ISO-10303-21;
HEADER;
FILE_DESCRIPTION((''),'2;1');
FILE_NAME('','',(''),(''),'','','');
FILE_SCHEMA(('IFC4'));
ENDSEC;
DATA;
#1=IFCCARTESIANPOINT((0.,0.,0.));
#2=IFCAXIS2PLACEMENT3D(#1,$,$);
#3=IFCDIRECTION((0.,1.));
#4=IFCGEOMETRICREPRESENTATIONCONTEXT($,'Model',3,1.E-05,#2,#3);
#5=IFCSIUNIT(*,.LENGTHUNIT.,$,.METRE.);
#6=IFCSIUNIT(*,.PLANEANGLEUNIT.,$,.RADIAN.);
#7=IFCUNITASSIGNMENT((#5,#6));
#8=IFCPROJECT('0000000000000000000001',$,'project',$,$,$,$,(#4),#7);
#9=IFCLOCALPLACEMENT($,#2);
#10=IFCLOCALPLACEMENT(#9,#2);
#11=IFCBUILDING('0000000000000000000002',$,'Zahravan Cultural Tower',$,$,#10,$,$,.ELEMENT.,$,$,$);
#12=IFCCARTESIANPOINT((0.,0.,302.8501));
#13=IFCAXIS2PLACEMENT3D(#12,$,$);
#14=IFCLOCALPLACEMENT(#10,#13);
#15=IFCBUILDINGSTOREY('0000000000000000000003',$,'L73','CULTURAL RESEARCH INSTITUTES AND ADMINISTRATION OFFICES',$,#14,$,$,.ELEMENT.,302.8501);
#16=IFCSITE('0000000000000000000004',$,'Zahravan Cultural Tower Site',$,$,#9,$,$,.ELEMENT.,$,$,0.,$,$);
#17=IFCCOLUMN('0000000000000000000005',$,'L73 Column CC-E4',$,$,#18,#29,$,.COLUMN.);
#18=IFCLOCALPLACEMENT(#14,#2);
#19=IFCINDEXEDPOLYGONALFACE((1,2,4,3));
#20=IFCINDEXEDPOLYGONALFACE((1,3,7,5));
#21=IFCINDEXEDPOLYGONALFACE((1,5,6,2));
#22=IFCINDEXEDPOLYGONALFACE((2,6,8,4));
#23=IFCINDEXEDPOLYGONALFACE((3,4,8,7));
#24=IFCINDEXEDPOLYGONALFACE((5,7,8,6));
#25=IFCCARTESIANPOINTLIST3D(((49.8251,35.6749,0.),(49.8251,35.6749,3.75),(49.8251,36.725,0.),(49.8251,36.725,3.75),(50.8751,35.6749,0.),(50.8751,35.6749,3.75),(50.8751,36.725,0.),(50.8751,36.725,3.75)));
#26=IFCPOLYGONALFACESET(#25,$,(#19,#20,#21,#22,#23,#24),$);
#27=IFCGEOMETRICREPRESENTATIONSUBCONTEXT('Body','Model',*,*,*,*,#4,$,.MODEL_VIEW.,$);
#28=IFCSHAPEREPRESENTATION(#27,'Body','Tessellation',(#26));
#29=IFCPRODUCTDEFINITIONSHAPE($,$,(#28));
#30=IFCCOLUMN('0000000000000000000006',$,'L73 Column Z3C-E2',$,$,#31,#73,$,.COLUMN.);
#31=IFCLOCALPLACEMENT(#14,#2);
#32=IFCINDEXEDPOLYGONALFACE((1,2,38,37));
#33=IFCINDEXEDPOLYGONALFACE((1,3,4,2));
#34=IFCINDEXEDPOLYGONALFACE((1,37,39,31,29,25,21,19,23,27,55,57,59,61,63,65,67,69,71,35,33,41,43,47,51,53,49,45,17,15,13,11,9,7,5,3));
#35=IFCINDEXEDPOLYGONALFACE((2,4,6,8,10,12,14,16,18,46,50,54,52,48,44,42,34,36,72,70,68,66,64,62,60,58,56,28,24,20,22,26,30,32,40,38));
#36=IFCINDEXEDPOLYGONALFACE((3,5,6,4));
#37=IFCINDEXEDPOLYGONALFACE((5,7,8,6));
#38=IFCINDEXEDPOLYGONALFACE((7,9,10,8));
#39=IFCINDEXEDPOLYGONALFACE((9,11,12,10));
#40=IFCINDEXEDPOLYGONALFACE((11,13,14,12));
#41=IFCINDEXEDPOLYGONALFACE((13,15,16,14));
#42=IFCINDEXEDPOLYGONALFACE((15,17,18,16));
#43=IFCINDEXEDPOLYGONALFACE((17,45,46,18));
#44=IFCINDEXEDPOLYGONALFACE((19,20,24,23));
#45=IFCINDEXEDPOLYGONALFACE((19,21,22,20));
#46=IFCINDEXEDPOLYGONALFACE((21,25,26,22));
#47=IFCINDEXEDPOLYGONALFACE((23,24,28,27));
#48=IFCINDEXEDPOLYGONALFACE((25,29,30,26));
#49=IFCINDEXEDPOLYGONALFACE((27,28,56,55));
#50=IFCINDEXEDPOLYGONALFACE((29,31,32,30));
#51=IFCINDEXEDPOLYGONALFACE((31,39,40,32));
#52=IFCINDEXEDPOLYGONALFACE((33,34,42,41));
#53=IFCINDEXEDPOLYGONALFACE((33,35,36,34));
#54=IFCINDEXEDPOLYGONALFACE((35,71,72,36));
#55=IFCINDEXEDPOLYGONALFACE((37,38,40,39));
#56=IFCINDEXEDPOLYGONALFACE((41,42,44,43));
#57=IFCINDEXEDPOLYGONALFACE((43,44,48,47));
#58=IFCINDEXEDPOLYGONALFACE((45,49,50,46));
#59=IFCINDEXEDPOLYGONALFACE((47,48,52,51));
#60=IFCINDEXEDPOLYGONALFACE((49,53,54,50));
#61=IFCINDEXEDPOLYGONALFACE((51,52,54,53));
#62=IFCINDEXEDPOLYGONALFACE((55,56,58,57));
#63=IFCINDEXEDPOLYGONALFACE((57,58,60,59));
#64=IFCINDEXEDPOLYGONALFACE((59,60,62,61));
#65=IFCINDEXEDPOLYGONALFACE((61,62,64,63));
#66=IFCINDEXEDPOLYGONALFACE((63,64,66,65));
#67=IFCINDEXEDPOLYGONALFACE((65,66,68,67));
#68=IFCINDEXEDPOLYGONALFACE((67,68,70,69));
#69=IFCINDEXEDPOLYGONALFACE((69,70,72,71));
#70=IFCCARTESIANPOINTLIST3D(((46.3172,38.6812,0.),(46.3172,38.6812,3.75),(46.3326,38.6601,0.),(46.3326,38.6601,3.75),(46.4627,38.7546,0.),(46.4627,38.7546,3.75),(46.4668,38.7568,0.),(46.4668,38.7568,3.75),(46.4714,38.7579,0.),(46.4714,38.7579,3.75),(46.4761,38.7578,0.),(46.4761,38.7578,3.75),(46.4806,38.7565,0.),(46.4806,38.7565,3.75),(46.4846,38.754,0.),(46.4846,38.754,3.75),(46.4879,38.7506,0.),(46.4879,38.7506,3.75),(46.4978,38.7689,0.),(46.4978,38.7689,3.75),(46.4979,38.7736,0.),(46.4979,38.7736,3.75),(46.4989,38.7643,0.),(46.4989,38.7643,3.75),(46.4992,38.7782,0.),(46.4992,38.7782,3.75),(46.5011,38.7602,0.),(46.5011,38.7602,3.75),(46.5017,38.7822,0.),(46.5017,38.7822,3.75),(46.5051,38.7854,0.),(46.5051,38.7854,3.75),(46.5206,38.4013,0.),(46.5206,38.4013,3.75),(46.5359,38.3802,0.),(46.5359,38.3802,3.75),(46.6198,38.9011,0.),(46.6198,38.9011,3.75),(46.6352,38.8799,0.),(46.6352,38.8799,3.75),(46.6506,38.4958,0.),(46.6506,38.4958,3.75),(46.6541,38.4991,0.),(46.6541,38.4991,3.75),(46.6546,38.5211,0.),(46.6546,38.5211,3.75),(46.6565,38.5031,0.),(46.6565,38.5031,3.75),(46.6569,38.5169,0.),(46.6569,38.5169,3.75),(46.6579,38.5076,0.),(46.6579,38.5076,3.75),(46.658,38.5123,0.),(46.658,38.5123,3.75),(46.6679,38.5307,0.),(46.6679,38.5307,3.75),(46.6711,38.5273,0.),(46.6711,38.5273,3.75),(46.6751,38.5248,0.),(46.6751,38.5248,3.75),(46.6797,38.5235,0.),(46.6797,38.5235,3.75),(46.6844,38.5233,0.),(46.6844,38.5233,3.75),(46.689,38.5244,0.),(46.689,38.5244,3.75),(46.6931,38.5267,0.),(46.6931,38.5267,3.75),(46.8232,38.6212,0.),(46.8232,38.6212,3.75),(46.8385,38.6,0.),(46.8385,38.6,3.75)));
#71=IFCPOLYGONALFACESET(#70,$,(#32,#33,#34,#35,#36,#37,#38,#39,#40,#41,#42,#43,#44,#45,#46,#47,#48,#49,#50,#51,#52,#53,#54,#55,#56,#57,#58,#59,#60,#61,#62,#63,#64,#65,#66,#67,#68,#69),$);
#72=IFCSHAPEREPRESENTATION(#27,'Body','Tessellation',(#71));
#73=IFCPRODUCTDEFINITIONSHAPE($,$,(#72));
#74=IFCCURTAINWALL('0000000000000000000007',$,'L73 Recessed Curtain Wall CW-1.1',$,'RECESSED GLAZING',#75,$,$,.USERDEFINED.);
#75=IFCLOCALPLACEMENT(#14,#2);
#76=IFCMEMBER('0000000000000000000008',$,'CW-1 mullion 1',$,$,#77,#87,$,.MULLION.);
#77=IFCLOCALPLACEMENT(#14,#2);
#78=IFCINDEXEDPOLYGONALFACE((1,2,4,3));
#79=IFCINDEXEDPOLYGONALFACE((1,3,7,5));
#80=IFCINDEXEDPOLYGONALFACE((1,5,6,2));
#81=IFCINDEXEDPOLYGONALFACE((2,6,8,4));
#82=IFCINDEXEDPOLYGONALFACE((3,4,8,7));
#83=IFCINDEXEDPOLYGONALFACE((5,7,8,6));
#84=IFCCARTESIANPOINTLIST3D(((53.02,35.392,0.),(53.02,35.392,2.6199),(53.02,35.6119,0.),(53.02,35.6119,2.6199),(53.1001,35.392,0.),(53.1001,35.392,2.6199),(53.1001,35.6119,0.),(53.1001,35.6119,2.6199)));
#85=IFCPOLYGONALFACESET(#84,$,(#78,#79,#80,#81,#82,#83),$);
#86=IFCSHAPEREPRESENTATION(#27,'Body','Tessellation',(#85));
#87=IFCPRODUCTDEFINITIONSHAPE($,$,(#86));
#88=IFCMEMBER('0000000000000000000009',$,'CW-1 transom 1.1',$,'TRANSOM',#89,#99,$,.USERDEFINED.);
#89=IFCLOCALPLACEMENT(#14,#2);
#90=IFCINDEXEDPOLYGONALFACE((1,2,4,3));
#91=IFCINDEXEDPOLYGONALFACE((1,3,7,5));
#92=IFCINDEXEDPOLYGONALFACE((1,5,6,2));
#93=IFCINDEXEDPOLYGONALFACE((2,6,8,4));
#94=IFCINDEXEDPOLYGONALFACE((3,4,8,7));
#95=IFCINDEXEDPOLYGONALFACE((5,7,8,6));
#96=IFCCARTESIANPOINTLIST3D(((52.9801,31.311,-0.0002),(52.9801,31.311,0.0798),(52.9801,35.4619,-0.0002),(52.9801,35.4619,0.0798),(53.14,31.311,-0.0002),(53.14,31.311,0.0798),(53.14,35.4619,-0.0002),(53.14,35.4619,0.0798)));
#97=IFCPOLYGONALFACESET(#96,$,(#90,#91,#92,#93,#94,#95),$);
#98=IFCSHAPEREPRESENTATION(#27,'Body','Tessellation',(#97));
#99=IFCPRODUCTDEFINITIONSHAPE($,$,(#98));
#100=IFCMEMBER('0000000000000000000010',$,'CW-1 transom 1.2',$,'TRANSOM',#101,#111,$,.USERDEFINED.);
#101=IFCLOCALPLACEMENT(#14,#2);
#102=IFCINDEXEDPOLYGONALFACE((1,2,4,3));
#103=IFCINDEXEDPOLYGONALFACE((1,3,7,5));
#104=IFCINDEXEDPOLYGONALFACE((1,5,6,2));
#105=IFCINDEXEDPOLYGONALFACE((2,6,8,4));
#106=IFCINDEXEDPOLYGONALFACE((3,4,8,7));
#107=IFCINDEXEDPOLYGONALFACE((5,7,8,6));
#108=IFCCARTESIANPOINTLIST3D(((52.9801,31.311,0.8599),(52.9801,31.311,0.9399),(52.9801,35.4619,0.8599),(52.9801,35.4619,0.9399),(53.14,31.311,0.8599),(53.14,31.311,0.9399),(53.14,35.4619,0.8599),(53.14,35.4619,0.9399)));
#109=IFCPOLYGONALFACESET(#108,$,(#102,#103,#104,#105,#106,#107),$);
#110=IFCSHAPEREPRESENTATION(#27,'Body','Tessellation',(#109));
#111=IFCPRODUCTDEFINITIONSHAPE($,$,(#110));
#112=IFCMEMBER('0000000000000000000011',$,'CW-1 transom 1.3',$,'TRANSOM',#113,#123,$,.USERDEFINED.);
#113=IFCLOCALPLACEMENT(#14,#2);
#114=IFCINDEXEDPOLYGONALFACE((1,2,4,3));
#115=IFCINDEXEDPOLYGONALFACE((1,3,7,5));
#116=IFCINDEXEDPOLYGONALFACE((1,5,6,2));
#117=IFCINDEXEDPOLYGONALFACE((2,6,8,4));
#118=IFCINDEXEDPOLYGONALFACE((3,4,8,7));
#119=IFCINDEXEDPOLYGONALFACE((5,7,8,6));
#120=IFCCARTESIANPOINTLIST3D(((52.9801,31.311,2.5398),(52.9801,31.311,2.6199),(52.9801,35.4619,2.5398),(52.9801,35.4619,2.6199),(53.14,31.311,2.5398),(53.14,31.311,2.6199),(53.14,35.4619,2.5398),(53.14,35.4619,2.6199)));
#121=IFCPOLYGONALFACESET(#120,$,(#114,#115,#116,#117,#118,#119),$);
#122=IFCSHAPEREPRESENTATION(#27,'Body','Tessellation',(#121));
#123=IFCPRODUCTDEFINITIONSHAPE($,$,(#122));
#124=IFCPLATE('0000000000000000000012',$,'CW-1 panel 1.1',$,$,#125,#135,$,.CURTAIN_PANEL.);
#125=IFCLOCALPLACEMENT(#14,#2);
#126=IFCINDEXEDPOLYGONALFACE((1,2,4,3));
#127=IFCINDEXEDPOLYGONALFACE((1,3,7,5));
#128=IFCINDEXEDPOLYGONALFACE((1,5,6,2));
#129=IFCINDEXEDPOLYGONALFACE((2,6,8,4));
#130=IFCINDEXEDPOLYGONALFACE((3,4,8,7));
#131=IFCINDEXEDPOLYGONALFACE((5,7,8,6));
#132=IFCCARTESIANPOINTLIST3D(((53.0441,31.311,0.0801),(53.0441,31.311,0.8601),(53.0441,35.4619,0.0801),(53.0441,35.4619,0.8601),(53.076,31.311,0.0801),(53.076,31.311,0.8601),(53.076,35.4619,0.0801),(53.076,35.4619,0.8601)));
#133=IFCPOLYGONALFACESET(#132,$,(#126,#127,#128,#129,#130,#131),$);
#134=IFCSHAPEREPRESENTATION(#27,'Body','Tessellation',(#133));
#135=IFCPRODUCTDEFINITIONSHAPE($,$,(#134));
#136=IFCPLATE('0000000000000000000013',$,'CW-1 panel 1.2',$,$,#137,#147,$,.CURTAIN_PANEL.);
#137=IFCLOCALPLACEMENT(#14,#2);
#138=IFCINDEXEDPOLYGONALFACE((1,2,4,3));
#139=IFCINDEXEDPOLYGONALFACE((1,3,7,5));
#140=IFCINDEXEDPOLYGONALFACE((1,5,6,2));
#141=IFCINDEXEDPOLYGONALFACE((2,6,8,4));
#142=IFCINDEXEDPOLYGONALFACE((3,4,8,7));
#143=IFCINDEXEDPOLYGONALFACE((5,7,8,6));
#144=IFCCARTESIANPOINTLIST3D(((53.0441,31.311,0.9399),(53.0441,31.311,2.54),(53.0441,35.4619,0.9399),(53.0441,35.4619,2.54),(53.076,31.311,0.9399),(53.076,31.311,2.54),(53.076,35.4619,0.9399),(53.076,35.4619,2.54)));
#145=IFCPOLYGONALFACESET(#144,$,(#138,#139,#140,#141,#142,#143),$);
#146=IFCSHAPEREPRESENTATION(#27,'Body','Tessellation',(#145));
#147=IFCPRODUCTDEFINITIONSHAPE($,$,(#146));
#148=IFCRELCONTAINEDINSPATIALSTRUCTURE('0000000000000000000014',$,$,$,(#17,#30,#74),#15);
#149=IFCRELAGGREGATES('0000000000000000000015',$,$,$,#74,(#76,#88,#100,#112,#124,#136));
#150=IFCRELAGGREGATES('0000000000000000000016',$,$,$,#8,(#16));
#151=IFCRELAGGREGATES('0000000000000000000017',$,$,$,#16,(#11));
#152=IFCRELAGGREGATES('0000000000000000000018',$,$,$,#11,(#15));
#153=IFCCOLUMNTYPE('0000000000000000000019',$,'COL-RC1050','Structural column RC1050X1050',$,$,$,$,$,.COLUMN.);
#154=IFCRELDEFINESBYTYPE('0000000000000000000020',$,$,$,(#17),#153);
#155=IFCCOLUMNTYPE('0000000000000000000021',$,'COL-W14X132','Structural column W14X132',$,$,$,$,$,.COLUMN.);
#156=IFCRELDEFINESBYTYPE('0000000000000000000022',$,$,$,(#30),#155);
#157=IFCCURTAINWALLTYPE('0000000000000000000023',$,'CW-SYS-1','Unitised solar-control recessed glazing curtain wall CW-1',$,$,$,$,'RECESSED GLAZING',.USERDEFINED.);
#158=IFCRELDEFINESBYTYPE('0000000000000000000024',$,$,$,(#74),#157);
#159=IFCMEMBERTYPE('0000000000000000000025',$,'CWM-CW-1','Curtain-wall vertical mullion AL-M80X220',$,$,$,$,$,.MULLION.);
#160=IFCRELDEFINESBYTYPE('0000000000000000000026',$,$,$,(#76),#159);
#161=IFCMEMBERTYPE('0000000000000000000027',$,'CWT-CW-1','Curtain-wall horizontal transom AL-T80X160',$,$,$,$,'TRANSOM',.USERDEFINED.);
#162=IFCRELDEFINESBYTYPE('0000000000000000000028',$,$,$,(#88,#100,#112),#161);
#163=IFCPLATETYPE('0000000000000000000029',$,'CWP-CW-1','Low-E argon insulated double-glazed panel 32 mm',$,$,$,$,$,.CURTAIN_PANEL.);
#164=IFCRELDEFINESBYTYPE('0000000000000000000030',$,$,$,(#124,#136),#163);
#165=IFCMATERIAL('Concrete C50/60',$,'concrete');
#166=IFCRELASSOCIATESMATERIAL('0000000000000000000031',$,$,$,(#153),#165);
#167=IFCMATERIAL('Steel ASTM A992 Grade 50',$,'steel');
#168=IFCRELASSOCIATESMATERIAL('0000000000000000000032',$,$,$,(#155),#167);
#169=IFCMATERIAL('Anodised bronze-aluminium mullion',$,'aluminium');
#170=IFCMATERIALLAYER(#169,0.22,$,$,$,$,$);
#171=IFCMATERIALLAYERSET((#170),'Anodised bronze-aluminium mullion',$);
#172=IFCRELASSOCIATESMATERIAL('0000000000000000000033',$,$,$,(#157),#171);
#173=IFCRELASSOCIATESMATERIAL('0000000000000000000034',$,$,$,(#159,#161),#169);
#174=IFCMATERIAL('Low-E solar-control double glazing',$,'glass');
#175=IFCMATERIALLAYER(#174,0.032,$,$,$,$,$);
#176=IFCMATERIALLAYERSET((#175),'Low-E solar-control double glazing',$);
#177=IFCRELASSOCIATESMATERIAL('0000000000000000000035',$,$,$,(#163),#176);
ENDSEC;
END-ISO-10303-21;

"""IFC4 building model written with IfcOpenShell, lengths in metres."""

from ifc_helpers import new_model, si_unit, direction, frame, origin, origin_2d, place, context, subcontext, project, spatial, rectangle, i_section, extrude, source, transform, mapped, material, layer, layer_set, material_profile, profile_set, type_object, element, aggregate, save


model = new_model("IFC4")

# Units and contexts
model_context = context("Model", 3, precision=1e-05, world=origin(), true_north=direction((0.0, 1.0)))
body_context = subcontext(model_context, "Body", "Model", "MODEL_VIEW")
ifc_project = project(units=[si_unit("LENGTHUNIT", "METRE"), si_unit("PLANEANGLEUNIT", "RADIAN")], contexts=[model_context])

# Site, building, storey
site_placement = place(None, origin())
site = spatial("IfcSite", under=ifc_project, at=site_placement, Name="Zahravan Cultural Tower Site", CompositionType="ELEMENT", RefElevation=0.0)
building_placement = place(site_placement, origin())
building = spatial("IfcBuilding", under=site, at=building_placement, Name="Zahravan Cultural Tower", CompositionType="ELEMENT")
storey_placement = place(building_placement, frame((0.0, 0.0, 302.8501)))
storey = spatial("IfcBuildingStorey", under=building, at=storey_placement, Name="L73", Description="CULTURAL RESEARCH INSTITUTES AND ADMINISTRATION OFFICES", CompositionType="ELEMENT", Elevation=302.8501)

# Columns
ifc_material_1 = material(Name="Concrete C50/60", Category="concrete")
ifc_material_profile_1 = material_profile(ifc_material_1, rectangle(XDim=1.05, YDim=1.05, at=origin_2d()), Name="RC1050X1050")
ifc_profile_set_1 = profile_set([ifc_material_profile_1], Name="Concrete C50/60")
column_type_1 = type_object("IfcColumnType", Name="COL-RC1050", Description="Structural column RC1050X1050", PredefinedType="COLUMN", material=ifc_profile_set_1)
shared_shape_1 = source(origin(), body_context, "Body", "SweptSolid", [
    extrude(rectangle(XDim=1.05, YDim=1.05, at=origin_2d()), origin(), (0.0, 0.0, 1.0), 3.75),
])
column_1_placement = place(storey_placement, frame((50.3501, 36.2, 0.0), z_axis=(0.0, 0.0, 1.0), x_axis=(1.0, 0.0, 0.0)))
element("IfcColumn", 1, at=column_1_placement, inside=storey, type_object=column_type_1, Name="L73 Column CC-E4", PredefinedType="COLUMN", context=body_context, shape_type="MappedRepresentation", body=[
    mapped(shared_shape_1, transform((0.0, 0.0, 0.0), x_axis=(1.0, 0.0, 0.0), y_axis=(0.0, 1.0, 0.0), z_axis=(0.0, 0.0, 1.0), scale=1.0)),
])
ifc_material_2 = material(Name="Steel ASTM A992 Grade 50", Category="steel")
ifc_material_profile_2 = material_profile(ifc_material_2, i_section(OverallWidth=0.374, OverallDepth=0.3721, WebThickness=0.0164, FlangeThickness=0.0261, FilletRadius=0.0181, at=origin_2d()), Name="W14X132")
ifc_profile_set_2 = profile_set([ifc_material_profile_2], Name="Steel ASTM A992 Grade 50")
column_type_2 = type_object("IfcColumnType", Name="COL-W14X132", Description="Structural column W14X132", PredefinedType="COLUMN", material=ifc_profile_set_2)
shared_shape_2 = source(origin(), body_context, "Body", "SweptSolid", [
    extrude(i_section(OverallWidth=0.374, OverallDepth=0.3721, WebThickness=0.0164, FlangeThickness=0.0261, FilletRadius=0.0181, at=origin_2d()), origin(), (0.0, 0.0, 1.0), 3.75),
])
column_2_placement = place(storey_placement, frame((46.5779, 38.6406, 0.0), z_axis=(0.0, 0.0, 1.0), x_axis=(0.809017, 0.587785, 0.0)))
element("IfcColumn", 2, at=column_2_placement, inside=storey, type_object=column_type_2, Name="L73 Column Z3C-E2", PredefinedType="COLUMN", context=body_context, shape_type="MappedRepresentation", body=[
    mapped(shared_shape_2, transform((0.0, 0.0, 0.0), x_axis=(1.0, 0.0, 0.0), y_axis=(0.0, 1.0, 0.0), z_axis=(0.0, 0.0, 1.0), scale=1.0)),
])

# Curtain wall, members, plates
ifc_material_3 = material(Name="Anodised bronze-aluminium mullion", Category="aluminium")
ifc_layer_1 = layer(ifc_material_3, 0.22)
ifc_layer_set_1 = layer_set([ifc_layer_1], Name="Anodised bronze-aluminium mullion")
curtain_wall_type = type_object("IfcCurtainWallType", Name="CW-SYS-1", Description="Unitised solar-control recessed glazing curtain wall CW-1", ElementType="RECESSED GLAZING", PredefinedType="USERDEFINED", material=ifc_layer_set_1)
curtain_wall_placement = place(storey_placement, origin())
curtain_wall = element("IfcCurtainWall", 3, at=curtain_wall_placement, inside=storey, type_object=curtain_wall_type, Name="L73 Recessed Curtain Wall CW-1.1", ObjectType="RECESSED GLAZING", PredefinedType="USERDEFINED")
ifc_material_profile_3 = material_profile(ifc_material_3, rectangle(XDim=0.0801, YDim=0.22, at=origin_2d()), Name="AL-M80X220")
ifc_profile_set_3 = profile_set([ifc_material_profile_3], Name="Anodised bronze-aluminium mullion")
member_type_1 = type_object("IfcMemberType", Name="CWM-CW-1", Description="Curtain-wall vertical mullion AL-M80X220", PredefinedType="MULLION", material=ifc_profile_set_3)
shared_shape_3 = source(origin(), body_context, "Body", "SweptSolid", [
    extrude(rectangle(XDim=0.0801, YDim=0.22, at=origin_2d()), origin(), (0.0, 0.0, 1.0), 2.6199),
])
member_1_placement = place(storey_placement, frame((53.0601, 35.502, 0.0), z_axis=(0.0, 0.0, 1.0), x_axis=(1.0, 0.0, 0.0)))
member_1 = element("IfcMember", 4, at=member_1_placement, type_object=member_type_1, Name="CW-1 mullion 1", PredefinedType="MULLION", context=body_context, shape_type="MappedRepresentation", body=[
    mapped(shared_shape_3, transform((0.0, 0.0, 0.0), x_axis=(1.0, 0.0, 0.0), y_axis=(0.0, 1.0, 0.0), z_axis=(0.0, 0.0, 1.0), scale=1.0)),
])
ifc_material_profile_4 = material_profile(ifc_material_3, rectangle(XDim=0.1599, YDim=0.0801, at=origin_2d()), Name="AL-T80X160")
ifc_profile_set_4 = profile_set([ifc_material_profile_4], Name="Anodised bronze-aluminium mullion")
member_type_2 = type_object("IfcMemberType", Name="CWT-CW-1", Description="Curtain-wall horizontal transom AL-T80X160", ElementType="TRANSOM", PredefinedType="USERDEFINED", material=ifc_profile_set_4)
shared_shape_4 = source(origin(), body_context, "Body", "SweptSolid", [
    extrude(rectangle(XDim=0.1599, YDim=0.0801, at=origin_2d()), origin(), (0.0, 0.0, 1.0), 4.1509),
])
member_2_placement = place(storey_placement, frame((53.0601, 35.4619, 0.0398), z_axis=(0.0, -1.0, 0.0), x_axis=(1.0, 0.0, 0.0)))
member_2 = element("IfcMember", 5, at=member_2_placement, type_object=member_type_2, Name="CW-1 transom 1.1", ObjectType="TRANSOM", PredefinedType="USERDEFINED", context=body_context, shape_type="MappedRepresentation", body=[
    mapped(shared_shape_4, transform((0.0, 0.0, 0.0), x_axis=(1.0, 0.0, 0.0), y_axis=(0.0, 1.0, 0.0), z_axis=(0.0, 0.0, 1.0), scale=1.0)),
])
member_3_placement = place(storey_placement, frame((53.0601, 35.4619, 0.8999), z_axis=(0.0, -1.0, 0.0), x_axis=(1.0, 0.0, 0.0)))
member_3 = element("IfcMember", 6, at=member_3_placement, type_object=member_type_2, Name="CW-1 transom 1.2", ObjectType="TRANSOM", PredefinedType="USERDEFINED", context=body_context, shape_type="MappedRepresentation", body=[
    mapped(shared_shape_4, transform((0.0, 0.0, 0.0), x_axis=(1.0, 0.0, 0.0), y_axis=(0.0, 1.0, 0.0), z_axis=(0.0, 0.0, 1.0), scale=1.0)),
])
member_4_placement = place(storey_placement, frame((53.0601, 35.4619, 2.5798), z_axis=(0.0, -1.0, 0.0), x_axis=(1.0, 0.0, 0.0)))
member_4 = element("IfcMember", 7, at=member_4_placement, type_object=member_type_2, Name="CW-1 transom 1.3", ObjectType="TRANSOM", PredefinedType="USERDEFINED", context=body_context, shape_type="MappedRepresentation", body=[
    mapped(shared_shape_4, transform((0.0, 0.0, 0.0), x_axis=(1.0, 0.0, 0.0), y_axis=(0.0, 1.0, 0.0), z_axis=(0.0, 0.0, 1.0), scale=1.0)),
])
ifc_material_4 = material(Name="Low-E solar-control double glazing", Category="glass")
ifc_layer_2 = layer(ifc_material_4, 0.032)
ifc_layer_set_2 = layer_set([ifc_layer_2], Name="Low-E solar-control double glazing")
plate_type = type_object("IfcPlateType", Name="CWP-CW-1", Description="Low-E argon insulated double-glazed panel 32 mm", PredefinedType="CURTAIN_PANEL", material=ifc_layer_set_2)
shared_shape_5 = source(origin(), body_context, "Body", "SweptSolid", [
    extrude(rectangle(XDim=4.1509, YDim=0.032, at=origin_2d()), origin(), (0.0, 0.0, 1.0), 0.78),
])
plate_1_placement = place(storey_placement, frame((53.0601, 33.3865, 0.0801), z_axis=(0.0, 0.0, 1.0), x_axis=(0.0, -1.0, 0.0)))
plate_1 = element("IfcPlate", 8, at=plate_1_placement, type_object=plate_type, Name="CW-1 panel 1.1", PredefinedType="CURTAIN_PANEL", context=body_context, shape_type="MappedRepresentation", body=[
    mapped(shared_shape_5, transform((0.0, 0.0, 0.0), x_axis=(1.0, 0.0, 0.0), y_axis=(0.0, 1.0, 0.0), z_axis=(0.0, 0.0, 1.0), scale=1.0)),
])
shared_shape_6 = source(origin(), body_context, "Body", "SweptSolid", [
    extrude(rectangle(XDim=4.1509, YDim=0.032, at=origin_2d()), origin(), (0.0, 0.0, 1.0), 1.6001),
])
plate_2_placement = place(storey_placement, frame((53.0601, 33.3865, 0.9399), z_axis=(0.0, 0.0, 1.0), x_axis=(0.0, -1.0, 0.0)))
plate_2 = element("IfcPlate", 9, at=plate_2_placement, type_object=plate_type, Name="CW-1 panel 1.2", PredefinedType="CURTAIN_PANEL", context=body_context, shape_type="MappedRepresentation", body=[
    mapped(shared_shape_6, transform((0.0, 0.0, 0.0), x_axis=(1.0, 0.0, 0.0), y_axis=(0.0, 1.0, 0.0), z_axis=(0.0, 0.0, 1.0), scale=1.0)),
])
aggregate(curtain_wall, [member_1, member_2, member_3, member_4, plate_1, plate_2])

save(model, "model.ifc")
